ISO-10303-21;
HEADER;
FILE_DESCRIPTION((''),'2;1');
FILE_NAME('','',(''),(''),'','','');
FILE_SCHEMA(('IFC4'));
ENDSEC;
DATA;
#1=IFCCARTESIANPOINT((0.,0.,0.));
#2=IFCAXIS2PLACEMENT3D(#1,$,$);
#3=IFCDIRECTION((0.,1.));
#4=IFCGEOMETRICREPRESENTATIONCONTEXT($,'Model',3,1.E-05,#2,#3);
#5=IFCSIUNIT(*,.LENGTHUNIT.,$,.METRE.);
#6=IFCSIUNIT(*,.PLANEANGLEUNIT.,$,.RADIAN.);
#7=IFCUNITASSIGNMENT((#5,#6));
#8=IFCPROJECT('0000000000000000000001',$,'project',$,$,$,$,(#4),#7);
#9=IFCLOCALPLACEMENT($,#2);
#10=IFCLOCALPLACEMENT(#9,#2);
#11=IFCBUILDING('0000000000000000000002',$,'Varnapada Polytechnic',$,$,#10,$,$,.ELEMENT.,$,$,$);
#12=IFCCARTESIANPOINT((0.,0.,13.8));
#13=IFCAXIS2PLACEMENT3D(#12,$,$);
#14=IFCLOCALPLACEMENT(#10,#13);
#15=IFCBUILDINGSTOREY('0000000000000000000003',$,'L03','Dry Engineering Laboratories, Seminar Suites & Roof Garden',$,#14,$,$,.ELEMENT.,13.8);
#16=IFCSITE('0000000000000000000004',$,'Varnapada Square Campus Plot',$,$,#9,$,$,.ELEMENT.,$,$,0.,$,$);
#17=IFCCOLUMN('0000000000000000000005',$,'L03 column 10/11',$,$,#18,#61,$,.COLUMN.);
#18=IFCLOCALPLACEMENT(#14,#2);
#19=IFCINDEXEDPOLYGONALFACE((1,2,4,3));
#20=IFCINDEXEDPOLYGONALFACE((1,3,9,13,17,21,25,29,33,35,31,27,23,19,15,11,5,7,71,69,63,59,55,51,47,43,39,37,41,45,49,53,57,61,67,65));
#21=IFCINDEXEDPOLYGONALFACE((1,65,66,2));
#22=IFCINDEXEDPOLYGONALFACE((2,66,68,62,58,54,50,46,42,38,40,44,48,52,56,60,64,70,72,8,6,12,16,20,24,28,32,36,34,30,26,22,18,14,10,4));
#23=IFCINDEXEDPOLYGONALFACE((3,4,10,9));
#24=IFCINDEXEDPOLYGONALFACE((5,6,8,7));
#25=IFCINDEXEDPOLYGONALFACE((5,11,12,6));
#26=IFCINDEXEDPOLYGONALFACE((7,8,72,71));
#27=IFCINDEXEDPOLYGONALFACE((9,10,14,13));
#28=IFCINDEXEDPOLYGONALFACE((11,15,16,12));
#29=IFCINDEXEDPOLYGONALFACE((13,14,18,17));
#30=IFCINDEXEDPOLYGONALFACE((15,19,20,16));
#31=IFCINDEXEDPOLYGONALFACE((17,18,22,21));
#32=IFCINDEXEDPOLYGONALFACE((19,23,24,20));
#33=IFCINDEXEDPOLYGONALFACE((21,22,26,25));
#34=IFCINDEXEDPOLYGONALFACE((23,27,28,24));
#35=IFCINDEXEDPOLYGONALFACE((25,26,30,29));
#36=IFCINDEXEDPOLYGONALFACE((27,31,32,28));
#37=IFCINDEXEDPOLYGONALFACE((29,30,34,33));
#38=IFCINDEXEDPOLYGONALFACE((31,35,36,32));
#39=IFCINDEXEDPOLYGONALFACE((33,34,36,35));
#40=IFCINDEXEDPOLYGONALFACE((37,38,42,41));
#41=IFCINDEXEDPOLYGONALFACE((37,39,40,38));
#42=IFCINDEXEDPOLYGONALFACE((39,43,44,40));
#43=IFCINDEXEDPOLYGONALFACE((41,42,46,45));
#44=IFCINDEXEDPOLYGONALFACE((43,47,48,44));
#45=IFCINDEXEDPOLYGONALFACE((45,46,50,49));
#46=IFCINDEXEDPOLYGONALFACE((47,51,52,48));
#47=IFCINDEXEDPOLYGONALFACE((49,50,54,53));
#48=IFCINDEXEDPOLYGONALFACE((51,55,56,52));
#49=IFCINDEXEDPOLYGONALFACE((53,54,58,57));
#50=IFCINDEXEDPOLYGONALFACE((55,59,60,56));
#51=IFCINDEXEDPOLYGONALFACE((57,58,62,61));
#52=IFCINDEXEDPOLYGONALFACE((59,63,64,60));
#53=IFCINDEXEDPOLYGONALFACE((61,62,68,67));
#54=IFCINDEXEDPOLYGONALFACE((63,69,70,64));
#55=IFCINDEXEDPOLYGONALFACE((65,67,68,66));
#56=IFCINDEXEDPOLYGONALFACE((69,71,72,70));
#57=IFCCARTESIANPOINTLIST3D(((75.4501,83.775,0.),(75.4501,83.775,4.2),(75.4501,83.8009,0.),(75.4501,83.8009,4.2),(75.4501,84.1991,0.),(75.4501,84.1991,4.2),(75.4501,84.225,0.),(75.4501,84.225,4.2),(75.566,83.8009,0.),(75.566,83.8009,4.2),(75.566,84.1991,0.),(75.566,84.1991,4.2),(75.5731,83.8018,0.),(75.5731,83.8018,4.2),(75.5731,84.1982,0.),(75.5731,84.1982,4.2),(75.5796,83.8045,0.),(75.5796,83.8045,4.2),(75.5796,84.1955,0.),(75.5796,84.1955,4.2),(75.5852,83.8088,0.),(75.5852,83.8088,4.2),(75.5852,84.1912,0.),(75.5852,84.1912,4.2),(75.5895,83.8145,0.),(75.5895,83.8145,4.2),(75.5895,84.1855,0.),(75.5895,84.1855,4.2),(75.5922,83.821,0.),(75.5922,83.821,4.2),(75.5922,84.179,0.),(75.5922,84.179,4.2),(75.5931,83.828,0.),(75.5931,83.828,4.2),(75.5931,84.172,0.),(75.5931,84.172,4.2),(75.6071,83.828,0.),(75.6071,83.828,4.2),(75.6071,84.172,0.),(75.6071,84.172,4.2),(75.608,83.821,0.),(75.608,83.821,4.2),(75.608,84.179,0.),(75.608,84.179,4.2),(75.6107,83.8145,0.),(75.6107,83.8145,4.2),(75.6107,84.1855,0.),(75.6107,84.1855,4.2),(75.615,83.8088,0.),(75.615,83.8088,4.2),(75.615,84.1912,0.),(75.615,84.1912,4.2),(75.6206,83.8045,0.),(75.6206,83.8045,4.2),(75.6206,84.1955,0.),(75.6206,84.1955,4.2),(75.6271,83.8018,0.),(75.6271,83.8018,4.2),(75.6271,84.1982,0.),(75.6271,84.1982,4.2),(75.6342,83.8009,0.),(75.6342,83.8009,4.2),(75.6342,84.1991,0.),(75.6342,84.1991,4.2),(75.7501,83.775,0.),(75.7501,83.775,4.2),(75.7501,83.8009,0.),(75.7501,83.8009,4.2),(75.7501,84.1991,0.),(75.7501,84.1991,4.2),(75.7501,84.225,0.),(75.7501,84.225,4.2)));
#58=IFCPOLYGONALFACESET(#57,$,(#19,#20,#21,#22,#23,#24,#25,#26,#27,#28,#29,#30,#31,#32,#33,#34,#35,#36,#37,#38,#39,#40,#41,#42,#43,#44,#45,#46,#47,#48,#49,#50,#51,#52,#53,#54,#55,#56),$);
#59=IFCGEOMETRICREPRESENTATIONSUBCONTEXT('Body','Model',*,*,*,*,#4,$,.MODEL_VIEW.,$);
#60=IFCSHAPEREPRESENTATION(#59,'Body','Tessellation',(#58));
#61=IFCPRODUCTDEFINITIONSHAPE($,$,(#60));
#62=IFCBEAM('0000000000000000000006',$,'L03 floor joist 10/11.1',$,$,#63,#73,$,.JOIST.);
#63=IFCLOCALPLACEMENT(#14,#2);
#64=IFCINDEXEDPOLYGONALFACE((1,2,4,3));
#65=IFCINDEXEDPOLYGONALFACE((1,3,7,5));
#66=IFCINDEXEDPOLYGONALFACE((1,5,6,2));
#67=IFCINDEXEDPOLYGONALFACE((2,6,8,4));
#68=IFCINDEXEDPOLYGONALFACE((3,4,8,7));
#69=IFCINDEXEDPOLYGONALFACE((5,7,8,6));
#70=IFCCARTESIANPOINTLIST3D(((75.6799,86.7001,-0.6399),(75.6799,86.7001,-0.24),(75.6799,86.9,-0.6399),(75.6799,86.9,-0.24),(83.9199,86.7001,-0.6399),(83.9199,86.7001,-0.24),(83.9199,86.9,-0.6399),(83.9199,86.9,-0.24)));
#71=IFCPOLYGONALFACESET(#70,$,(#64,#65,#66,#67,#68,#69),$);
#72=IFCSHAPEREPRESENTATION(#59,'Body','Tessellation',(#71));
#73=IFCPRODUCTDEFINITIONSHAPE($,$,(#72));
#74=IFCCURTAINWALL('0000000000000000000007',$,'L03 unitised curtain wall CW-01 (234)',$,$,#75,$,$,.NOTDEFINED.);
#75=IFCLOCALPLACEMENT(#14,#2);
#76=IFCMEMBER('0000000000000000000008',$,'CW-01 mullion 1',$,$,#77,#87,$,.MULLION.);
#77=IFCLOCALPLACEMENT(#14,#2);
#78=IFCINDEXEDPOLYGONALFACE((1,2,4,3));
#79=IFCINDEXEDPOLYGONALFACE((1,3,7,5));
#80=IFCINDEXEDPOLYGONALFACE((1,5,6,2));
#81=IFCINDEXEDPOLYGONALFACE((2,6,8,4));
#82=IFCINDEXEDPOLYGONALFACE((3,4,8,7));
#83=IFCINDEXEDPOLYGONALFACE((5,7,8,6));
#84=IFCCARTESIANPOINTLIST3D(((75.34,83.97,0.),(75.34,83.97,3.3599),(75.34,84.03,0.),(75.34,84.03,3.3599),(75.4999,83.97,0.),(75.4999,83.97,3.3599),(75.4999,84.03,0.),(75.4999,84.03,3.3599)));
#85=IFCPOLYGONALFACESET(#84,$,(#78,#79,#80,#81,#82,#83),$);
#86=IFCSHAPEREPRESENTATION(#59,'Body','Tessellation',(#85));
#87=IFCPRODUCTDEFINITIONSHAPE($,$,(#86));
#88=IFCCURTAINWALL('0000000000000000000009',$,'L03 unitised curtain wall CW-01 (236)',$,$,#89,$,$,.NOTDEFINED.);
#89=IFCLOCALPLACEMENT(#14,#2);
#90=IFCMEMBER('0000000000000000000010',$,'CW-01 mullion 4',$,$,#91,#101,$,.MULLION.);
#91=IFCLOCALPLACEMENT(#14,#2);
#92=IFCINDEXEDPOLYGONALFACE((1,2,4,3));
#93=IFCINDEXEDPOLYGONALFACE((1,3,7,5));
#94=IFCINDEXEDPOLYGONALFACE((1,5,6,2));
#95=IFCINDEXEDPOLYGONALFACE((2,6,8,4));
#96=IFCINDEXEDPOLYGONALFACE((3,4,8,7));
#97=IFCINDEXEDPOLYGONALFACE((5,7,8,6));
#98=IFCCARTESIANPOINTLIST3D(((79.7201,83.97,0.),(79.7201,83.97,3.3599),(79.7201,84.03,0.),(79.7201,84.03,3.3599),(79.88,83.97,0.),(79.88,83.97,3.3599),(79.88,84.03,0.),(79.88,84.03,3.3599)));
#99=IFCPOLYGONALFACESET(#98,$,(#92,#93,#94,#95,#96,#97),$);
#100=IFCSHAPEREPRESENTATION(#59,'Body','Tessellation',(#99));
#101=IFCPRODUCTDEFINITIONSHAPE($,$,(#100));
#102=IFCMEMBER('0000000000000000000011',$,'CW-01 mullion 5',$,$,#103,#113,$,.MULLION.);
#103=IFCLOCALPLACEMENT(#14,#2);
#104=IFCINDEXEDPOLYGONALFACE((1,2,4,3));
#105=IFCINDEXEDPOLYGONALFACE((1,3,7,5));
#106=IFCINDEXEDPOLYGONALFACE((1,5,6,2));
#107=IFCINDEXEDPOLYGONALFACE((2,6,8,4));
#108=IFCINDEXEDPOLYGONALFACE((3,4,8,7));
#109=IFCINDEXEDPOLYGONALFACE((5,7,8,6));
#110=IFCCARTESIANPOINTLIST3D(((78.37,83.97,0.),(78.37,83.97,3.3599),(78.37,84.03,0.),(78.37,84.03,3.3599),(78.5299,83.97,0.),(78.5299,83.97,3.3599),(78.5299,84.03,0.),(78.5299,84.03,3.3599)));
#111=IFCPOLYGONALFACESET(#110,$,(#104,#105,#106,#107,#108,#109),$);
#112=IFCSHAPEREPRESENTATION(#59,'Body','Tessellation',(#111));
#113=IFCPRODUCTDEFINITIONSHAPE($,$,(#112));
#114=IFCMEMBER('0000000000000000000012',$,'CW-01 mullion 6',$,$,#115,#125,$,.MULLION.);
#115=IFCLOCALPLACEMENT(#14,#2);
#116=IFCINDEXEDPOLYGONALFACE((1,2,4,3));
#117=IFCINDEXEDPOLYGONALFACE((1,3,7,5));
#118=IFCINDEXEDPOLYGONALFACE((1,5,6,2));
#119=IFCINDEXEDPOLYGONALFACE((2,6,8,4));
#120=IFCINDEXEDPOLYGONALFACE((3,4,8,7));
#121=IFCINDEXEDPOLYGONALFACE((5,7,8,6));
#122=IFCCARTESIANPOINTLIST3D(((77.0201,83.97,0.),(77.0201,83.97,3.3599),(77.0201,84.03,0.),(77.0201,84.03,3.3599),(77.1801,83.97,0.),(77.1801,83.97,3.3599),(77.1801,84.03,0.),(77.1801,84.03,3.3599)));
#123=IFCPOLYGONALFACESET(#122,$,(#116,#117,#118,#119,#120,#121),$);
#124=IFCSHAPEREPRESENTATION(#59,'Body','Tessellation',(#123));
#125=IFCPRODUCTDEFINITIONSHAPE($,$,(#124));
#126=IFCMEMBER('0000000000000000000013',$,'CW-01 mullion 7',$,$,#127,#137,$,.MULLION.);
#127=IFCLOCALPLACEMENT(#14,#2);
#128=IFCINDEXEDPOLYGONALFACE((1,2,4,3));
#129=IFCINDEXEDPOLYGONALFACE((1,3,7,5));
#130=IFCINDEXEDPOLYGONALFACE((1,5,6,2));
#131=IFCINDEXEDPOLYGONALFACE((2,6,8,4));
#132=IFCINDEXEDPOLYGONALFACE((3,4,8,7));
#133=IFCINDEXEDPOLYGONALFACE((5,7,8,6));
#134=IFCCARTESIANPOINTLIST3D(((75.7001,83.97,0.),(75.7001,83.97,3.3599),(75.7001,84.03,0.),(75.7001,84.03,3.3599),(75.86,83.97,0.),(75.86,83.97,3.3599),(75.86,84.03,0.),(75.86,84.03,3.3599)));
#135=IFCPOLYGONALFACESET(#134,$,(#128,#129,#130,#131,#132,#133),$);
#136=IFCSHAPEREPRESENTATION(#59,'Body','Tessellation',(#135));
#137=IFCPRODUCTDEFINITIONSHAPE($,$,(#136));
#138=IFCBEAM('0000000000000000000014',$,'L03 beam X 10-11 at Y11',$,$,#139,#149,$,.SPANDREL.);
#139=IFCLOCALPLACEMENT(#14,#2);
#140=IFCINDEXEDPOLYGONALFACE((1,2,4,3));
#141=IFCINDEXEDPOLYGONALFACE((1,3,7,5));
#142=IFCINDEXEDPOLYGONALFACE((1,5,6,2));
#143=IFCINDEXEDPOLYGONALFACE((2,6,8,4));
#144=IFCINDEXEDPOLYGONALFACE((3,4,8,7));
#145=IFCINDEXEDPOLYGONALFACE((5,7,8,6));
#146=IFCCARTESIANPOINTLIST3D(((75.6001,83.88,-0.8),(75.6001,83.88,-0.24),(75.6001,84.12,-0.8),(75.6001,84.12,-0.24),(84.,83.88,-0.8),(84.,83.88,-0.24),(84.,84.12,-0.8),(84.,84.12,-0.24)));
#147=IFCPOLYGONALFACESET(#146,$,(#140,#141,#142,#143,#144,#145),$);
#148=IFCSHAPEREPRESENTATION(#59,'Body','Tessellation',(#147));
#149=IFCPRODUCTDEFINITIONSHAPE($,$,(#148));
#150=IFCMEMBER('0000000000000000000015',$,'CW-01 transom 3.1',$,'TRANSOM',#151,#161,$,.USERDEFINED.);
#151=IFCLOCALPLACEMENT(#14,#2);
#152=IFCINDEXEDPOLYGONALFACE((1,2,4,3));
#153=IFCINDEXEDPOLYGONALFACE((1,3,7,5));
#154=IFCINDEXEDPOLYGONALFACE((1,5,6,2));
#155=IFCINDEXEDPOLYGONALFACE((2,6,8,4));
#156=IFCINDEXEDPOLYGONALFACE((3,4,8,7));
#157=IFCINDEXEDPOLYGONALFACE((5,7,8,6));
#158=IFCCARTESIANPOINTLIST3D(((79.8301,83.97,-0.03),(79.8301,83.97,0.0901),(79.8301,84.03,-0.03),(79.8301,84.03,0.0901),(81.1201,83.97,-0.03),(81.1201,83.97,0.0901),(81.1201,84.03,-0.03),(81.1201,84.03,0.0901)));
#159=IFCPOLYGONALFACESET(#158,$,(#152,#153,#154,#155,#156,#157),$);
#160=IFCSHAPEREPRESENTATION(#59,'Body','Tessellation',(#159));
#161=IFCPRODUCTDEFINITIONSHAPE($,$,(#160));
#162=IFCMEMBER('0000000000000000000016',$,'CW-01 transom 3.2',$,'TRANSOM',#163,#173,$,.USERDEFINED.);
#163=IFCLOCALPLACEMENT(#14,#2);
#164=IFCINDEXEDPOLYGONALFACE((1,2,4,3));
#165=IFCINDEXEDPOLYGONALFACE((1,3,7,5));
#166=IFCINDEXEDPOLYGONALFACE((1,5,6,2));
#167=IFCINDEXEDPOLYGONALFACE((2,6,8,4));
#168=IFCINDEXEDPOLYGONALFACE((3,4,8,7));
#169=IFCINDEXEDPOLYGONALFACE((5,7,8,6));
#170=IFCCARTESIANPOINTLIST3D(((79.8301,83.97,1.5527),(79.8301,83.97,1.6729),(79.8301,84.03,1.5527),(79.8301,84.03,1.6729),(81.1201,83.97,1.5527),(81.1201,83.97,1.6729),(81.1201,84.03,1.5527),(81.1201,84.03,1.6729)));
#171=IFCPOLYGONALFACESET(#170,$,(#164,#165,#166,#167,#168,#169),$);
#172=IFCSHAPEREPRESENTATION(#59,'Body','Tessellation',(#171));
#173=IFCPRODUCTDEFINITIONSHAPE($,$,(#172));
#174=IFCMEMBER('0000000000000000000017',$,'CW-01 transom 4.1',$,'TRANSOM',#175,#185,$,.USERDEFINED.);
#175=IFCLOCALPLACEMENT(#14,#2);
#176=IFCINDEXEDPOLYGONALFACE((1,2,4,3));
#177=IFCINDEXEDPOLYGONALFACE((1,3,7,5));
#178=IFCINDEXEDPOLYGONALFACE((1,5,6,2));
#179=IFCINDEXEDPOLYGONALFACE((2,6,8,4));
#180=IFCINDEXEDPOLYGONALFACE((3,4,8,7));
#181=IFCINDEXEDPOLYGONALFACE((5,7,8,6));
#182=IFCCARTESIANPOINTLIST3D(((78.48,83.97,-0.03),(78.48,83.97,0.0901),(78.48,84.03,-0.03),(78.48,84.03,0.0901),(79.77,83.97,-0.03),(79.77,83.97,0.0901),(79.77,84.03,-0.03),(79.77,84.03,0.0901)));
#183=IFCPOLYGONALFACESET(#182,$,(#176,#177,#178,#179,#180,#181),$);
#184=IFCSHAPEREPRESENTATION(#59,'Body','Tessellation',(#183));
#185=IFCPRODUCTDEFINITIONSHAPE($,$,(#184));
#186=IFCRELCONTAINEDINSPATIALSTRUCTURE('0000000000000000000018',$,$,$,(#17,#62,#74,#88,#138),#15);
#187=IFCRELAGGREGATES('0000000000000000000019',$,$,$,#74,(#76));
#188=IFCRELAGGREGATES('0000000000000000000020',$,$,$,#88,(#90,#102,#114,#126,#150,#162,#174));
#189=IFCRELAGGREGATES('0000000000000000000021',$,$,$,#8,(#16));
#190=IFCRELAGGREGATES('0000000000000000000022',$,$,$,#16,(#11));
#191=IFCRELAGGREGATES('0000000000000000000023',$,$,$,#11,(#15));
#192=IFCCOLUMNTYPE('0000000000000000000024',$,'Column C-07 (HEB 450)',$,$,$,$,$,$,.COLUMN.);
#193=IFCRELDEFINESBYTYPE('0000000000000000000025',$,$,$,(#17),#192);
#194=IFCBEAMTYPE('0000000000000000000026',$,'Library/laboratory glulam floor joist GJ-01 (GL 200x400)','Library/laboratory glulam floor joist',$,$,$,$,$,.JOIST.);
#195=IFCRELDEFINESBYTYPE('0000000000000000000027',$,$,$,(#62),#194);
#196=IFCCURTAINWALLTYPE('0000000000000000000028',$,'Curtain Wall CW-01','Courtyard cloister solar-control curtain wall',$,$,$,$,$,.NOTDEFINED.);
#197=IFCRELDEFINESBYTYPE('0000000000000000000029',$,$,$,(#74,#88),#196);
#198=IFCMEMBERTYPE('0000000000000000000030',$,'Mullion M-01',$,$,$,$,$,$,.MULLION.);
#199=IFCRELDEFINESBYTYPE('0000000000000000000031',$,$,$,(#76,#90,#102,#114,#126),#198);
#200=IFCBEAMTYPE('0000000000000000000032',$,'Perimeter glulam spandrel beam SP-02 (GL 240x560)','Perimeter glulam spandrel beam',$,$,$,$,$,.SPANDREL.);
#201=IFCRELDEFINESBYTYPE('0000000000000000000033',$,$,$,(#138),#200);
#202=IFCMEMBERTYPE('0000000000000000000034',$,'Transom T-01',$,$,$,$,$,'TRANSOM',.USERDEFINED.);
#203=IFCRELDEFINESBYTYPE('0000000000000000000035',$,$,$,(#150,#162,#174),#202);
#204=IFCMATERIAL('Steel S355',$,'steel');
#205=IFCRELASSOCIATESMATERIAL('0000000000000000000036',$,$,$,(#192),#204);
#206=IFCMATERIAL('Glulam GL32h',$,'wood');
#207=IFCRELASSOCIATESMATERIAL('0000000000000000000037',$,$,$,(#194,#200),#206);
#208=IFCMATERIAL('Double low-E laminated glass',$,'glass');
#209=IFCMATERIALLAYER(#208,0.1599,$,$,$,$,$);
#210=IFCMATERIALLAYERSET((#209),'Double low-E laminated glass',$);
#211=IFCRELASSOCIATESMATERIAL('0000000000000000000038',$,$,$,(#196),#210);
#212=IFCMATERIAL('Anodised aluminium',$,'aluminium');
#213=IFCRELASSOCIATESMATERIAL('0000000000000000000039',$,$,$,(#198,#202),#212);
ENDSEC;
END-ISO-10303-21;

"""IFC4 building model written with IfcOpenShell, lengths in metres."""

from ifc_helpers import new_model, si_unit, direction, frame, origin, origin_2d, place, context, subcontext, project, spatial, rectangle, i_section, extrude, material, layer, layer_set, material_profile, profile_set, type_object, element, aggregate, save


model = new_model("IFC4")

# Units and contexts
model_context = context("Model", 3, precision=1e-05, world=origin(), true_north=direction((0.0, 1.0)))
body_context = subcontext(model_context, "Body", "Model", "MODEL_VIEW")
ifc_project = project(units=[si_unit("LENGTHUNIT", "METRE"), si_unit("PLANEANGLEUNIT", "RADIAN")], contexts=[model_context])

# Site, building, storey
site_placement = place(None, origin())
site = spatial("IfcSite", under=ifc_project, at=site_placement, Name="Varnapada Square Campus Plot", CompositionType="ELEMENT", RefElevation=0.0)
building_placement = place(site_placement, origin())
building = spatial("IfcBuilding", under=site, at=building_placement, Name="Varnapada Polytechnic", CompositionType="ELEMENT")
storey_placement = place(building_placement, frame((0.0, 0.0, 13.8)))
storey = spatial("IfcBuildingStorey", under=building, at=storey_placement, Name="L03", Description="Dry Engineering Laboratories, Seminar Suites & Roof Garden", CompositionType="ELEMENT", Elevation=13.8)

# Column
ifc_material_1 = material(Name="Steel S355", Category="steel")
ifc_material_profile_1 = material_profile(ifc_material_1, i_section(OverallWidth=0.3, OverallDepth=0.45, WebThickness=0.0139, FlangeThickness=0.0259, FilletRadius=0.0271, at=origin_2d()), Name="HEB 450")
ifc_profile_set_1 = profile_set([ifc_material_profile_1], Name="Steel S355")
column_type = type_object("IfcColumnType", Name="Column C-07 (HEB 450)", PredefinedType="COLUMN", material=ifc_profile_set_1)
column_placement = place(storey_placement, frame((75.6001, 84.0, 0.0), z_axis=(0.0, 0.0, 1.0), x_axis=(1.0, 0.0, 0.0)))
element("IfcColumn", 1, at=column_placement, inside=storey, type_object=column_type, Name="L03 column 10/11", PredefinedType="COLUMN", context=body_context, shape_type="SweptSolid", body=[
    extrude(i_section(OverallWidth=0.3, OverallDepth=0.45, WebThickness=0.0139, FlangeThickness=0.0259, FilletRadius=0.0271, at=origin_2d()), origin(), (0.0, 0.0, 1.0), 4.2),
])

# Beam
ifc_material_2 = material(Name="Glulam GL32h", Category="wood")
ifc_material_profile_2 = material_profile(ifc_material_2, rectangle(XDim=0.2, YDim=0.3999, at=origin_2d()), Name="GL 200x400")
ifc_profile_set_2 = profile_set([ifc_material_profile_2], Name="Glulam GL32h")
beam_type_1 = type_object("IfcBeamType", Name="Library/laboratory glulam floor joist GJ-01 (GL 200x400)", Description="Library/laboratory glulam floor joist", PredefinedType="JOIST", material=ifc_profile_set_2)
beam_1_placement = place(storey_placement, frame((75.6799, 86.8, -0.4399), z_axis=(1.0, 0.0, 0.0), x_axis=(0.0, 1.0, 0.0)))
element("IfcBeam", 2, at=beam_1_placement, inside=storey, type_object=beam_type_1, Name="L03 floor joist 10/11.1", PredefinedType="JOIST", context=body_context, shape_type="SweptSolid", body=[
    extrude(rectangle(XDim=0.2, YDim=0.3999, at=origin_2d()), origin(), (0.0, 0.0, 1.0), 8.24),
])

# Curtain wall, member
ifc_material_3 = material(Name="Double low-E laminated glass", Category="glass")
ifc_layer_1 = layer(ifc_material_3, 0.1599)
ifc_layer_set_1 = layer_set([ifc_layer_1], Name="Double low-E laminated glass")
curtain_wall_type = type_object("IfcCurtainWallType", Name="Curtain Wall CW-01", Description="Courtyard cloister solar-control curtain wall", PredefinedType="NOTDEFINED", material=ifc_layer_set_1)
curtain_wall_1_placement = place(storey_placement, origin())
curtain_wall_1 = element("IfcCurtainWall", 3, at=curtain_wall_1_placement, inside=storey, type_object=curtain_wall_type, Name="L03 unitised curtain wall CW-01 (234)", PredefinedType="NOTDEFINED")
ifc_material_4 = material(Name="Anodised aluminium", Category="aluminium")
ifc_material_profile_3 = material_profile(ifc_material_4, rectangle(XDim=0.0601, YDim=0.1599, at=origin_2d()), Name="ALU M60x160")
ifc_profile_set_3 = profile_set([ifc_material_profile_3], Name="Anodised aluminium")
member_type_1 = type_object("IfcMemberType", Name="Mullion M-01", PredefinedType="MULLION", material=ifc_profile_set_3)
member_1_placement = place(storey_placement, frame((75.4199, 84.0, 0.0), z_axis=(0.0, 0.0, 1.0), x_axis=(0.0, -1.0, 0.0)))
member_1 = element("IfcMember", 4, at=member_1_placement, type_object=member_type_1, Name="CW-01 mullion 1", PredefinedType="MULLION", context=body_context, shape_type="SweptSolid", body=[
    extrude(rectangle(XDim=0.0601, YDim=0.1599, at=origin_2d()), origin(), (0.0, 0.0, 1.0), 3.3599),
])
aggregate(curtain_wall_1, [member_1])

# Curtain wall, members
curtain_wall_2_placement = place(storey_placement, origin())
curtain_wall_2 = element("IfcCurtainWall", 5, at=curtain_wall_2_placement, inside=storey, type_object=curtain_wall_type, Name="L03 unitised curtain wall CW-01 (236)", PredefinedType="NOTDEFINED")
member_2_placement = place(storey_placement, frame((79.8, 84.0, 0.0), z_axis=(0.0, 0.0, 1.0), x_axis=(0.0, -1.0, 0.0)))
member_2 = element("IfcMember", 6, at=member_2_placement, type_object=member_type_1, Name="CW-01 mullion 4", PredefinedType="MULLION", context=body_context, shape_type="SweptSolid", body=[
    extrude(rectangle(XDim=0.0601, YDim=0.1599, at=origin_2d()), origin(), (0.0, 0.0, 1.0), 3.3599),
])
member_3_placement = place(storey_placement, frame((78.45, 84.0, 0.0), z_axis=(0.0, 0.0, 1.0), x_axis=(0.0, -1.0, 0.0)))
member_3 = element("IfcMember", 7, at=member_3_placement, type_object=member_type_1, Name="CW-01 mullion 5", PredefinedType="MULLION", context=body_context, shape_type="SweptSolid", body=[
    extrude(rectangle(XDim=0.0601, YDim=0.1599, at=origin_2d()), origin(), (0.0, 0.0, 1.0), 3.3599),
])
member_4_placement = place(storey_placement, frame((77.1001, 84.0, 0.0), z_axis=(0.0, 0.0, 1.0), x_axis=(0.0, -1.0, 0.0)))
member_4 = element("IfcMember", 8, at=member_4_placement, type_object=member_type_1, Name="CW-01 mullion 6", PredefinedType="MULLION", context=body_context, shape_type="SweptSolid", body=[
    extrude(rectangle(XDim=0.0601, YDim=0.1599, at=origin_2d()), origin(), (0.0, 0.0, 1.0), 3.3599),
])
member_5_placement = place(storey_placement, frame((75.78, 84.0, 0.0), z_axis=(0.0, 0.0, 1.0), x_axis=(0.0, -1.0, 0.0)))
member_5 = element("IfcMember", 9, at=member_5_placement, type_object=member_type_1, Name="CW-01 mullion 7", PredefinedType="MULLION", context=body_context, shape_type="SweptSolid", body=[
    extrude(rectangle(XDim=0.0601, YDim=0.1599, at=origin_2d()), origin(), (0.0, 0.0, 1.0), 3.3599),
])

# Beam
ifc_material_profile_4 = material_profile(ifc_material_2, rectangle(XDim=0.24, YDim=0.5601, at=origin_2d()), Name="GL 240x560")
ifc_profile_set_4 = profile_set([ifc_material_profile_4], Name="Glulam GL32h")
beam_type_2 = type_object("IfcBeamType", Name="Perimeter glulam spandrel beam SP-02 (GL 240x560)", Description="Perimeter glulam spandrel beam", PredefinedType="SPANDREL", material=ifc_profile_set_4)
beam_2_placement = place(storey_placement, frame((75.6001, 84.0, -0.52), z_axis=(1.0, 0.0, 0.0), x_axis=(0.0, 1.0, 0.0)))
element("IfcBeam", 10, at=beam_2_placement, inside=storey, type_object=beam_type_2, Name="L03 beam X 10-11 at Y11", PredefinedType="SPANDREL", context=body_context, shape_type="SweptSolid", body=[
    extrude(rectangle(XDim=0.24, YDim=0.5601, at=origin_2d()), origin(), (0.0, 0.0, 1.0), 8.3999),
])

# Members
ifc_material_profile_5 = material_profile(ifc_material_4, rectangle(XDim=0.0601, YDim=0.1201, at=origin_2d()), Name="ALU T60x120")
ifc_profile_set_5 = profile_set([ifc_material_profile_5], Name="Anodised aluminium")
member_type_2 = type_object("IfcMemberType", Name="Transom T-01", ElementType="TRANSOM", PredefinedType="USERDEFINED", material=ifc_profile_set_5)
member_6_placement = place(storey_placement, frame((81.1201, 84.0, 0.03), z_axis=(-1.0, 0.0, 0.0), x_axis=(0.0, -1.0, 0.0)))
member_6 = element("IfcMember", 11, at=member_6_placement, type_object=member_type_2, Name="CW-01 transom 3.1", ObjectType="TRANSOM", PredefinedType="USERDEFINED", context=body_context, shape_type="SweptSolid", body=[
    extrude(rectangle(XDim=0.0601, YDim=0.1201, at=origin_2d()), origin(), (0.0, 0.0, 1.0), 1.29),
])
member_7_placement = place(storey_placement, frame((81.1201, 84.0, 1.6128), z_axis=(-1.0, 0.0, 0.0), x_axis=(0.0, -1.0, 0.0)))
member_7 = element("IfcMember", 12, at=member_7_placement, type_object=member_type_2, Name="CW-01 transom 3.2", ObjectType="TRANSOM", PredefinedType="USERDEFINED", context=body_context, shape_type="SweptSolid", body=[
    extrude(rectangle(XDim=0.0601, YDim=0.1201, at=origin_2d()), origin(), (0.0, 0.0, 1.0), 1.29),
])
member_8_placement = place(storey_placement, frame((79.77, 84.0, 0.03), z_axis=(-1.0, 0.0, 0.0), x_axis=(0.0, -1.0, 0.0)))
member_8 = element("IfcMember", 13, at=member_8_placement, type_object=member_type_2, Name="CW-01 transom 4.1", ObjectType="TRANSOM", PredefinedType="USERDEFINED", context=body_context, shape_type="SweptSolid", body=[
    extrude(rectangle(XDim=0.0601, YDim=0.1201, at=origin_2d()), origin(), (0.0, 0.0, 1.0), 1.29),
])

aggregate(curtain_wall_2, [member_2, member_3, member_4, member_5, member_6, member_7, member_8])

save(model, "model.ifc")
